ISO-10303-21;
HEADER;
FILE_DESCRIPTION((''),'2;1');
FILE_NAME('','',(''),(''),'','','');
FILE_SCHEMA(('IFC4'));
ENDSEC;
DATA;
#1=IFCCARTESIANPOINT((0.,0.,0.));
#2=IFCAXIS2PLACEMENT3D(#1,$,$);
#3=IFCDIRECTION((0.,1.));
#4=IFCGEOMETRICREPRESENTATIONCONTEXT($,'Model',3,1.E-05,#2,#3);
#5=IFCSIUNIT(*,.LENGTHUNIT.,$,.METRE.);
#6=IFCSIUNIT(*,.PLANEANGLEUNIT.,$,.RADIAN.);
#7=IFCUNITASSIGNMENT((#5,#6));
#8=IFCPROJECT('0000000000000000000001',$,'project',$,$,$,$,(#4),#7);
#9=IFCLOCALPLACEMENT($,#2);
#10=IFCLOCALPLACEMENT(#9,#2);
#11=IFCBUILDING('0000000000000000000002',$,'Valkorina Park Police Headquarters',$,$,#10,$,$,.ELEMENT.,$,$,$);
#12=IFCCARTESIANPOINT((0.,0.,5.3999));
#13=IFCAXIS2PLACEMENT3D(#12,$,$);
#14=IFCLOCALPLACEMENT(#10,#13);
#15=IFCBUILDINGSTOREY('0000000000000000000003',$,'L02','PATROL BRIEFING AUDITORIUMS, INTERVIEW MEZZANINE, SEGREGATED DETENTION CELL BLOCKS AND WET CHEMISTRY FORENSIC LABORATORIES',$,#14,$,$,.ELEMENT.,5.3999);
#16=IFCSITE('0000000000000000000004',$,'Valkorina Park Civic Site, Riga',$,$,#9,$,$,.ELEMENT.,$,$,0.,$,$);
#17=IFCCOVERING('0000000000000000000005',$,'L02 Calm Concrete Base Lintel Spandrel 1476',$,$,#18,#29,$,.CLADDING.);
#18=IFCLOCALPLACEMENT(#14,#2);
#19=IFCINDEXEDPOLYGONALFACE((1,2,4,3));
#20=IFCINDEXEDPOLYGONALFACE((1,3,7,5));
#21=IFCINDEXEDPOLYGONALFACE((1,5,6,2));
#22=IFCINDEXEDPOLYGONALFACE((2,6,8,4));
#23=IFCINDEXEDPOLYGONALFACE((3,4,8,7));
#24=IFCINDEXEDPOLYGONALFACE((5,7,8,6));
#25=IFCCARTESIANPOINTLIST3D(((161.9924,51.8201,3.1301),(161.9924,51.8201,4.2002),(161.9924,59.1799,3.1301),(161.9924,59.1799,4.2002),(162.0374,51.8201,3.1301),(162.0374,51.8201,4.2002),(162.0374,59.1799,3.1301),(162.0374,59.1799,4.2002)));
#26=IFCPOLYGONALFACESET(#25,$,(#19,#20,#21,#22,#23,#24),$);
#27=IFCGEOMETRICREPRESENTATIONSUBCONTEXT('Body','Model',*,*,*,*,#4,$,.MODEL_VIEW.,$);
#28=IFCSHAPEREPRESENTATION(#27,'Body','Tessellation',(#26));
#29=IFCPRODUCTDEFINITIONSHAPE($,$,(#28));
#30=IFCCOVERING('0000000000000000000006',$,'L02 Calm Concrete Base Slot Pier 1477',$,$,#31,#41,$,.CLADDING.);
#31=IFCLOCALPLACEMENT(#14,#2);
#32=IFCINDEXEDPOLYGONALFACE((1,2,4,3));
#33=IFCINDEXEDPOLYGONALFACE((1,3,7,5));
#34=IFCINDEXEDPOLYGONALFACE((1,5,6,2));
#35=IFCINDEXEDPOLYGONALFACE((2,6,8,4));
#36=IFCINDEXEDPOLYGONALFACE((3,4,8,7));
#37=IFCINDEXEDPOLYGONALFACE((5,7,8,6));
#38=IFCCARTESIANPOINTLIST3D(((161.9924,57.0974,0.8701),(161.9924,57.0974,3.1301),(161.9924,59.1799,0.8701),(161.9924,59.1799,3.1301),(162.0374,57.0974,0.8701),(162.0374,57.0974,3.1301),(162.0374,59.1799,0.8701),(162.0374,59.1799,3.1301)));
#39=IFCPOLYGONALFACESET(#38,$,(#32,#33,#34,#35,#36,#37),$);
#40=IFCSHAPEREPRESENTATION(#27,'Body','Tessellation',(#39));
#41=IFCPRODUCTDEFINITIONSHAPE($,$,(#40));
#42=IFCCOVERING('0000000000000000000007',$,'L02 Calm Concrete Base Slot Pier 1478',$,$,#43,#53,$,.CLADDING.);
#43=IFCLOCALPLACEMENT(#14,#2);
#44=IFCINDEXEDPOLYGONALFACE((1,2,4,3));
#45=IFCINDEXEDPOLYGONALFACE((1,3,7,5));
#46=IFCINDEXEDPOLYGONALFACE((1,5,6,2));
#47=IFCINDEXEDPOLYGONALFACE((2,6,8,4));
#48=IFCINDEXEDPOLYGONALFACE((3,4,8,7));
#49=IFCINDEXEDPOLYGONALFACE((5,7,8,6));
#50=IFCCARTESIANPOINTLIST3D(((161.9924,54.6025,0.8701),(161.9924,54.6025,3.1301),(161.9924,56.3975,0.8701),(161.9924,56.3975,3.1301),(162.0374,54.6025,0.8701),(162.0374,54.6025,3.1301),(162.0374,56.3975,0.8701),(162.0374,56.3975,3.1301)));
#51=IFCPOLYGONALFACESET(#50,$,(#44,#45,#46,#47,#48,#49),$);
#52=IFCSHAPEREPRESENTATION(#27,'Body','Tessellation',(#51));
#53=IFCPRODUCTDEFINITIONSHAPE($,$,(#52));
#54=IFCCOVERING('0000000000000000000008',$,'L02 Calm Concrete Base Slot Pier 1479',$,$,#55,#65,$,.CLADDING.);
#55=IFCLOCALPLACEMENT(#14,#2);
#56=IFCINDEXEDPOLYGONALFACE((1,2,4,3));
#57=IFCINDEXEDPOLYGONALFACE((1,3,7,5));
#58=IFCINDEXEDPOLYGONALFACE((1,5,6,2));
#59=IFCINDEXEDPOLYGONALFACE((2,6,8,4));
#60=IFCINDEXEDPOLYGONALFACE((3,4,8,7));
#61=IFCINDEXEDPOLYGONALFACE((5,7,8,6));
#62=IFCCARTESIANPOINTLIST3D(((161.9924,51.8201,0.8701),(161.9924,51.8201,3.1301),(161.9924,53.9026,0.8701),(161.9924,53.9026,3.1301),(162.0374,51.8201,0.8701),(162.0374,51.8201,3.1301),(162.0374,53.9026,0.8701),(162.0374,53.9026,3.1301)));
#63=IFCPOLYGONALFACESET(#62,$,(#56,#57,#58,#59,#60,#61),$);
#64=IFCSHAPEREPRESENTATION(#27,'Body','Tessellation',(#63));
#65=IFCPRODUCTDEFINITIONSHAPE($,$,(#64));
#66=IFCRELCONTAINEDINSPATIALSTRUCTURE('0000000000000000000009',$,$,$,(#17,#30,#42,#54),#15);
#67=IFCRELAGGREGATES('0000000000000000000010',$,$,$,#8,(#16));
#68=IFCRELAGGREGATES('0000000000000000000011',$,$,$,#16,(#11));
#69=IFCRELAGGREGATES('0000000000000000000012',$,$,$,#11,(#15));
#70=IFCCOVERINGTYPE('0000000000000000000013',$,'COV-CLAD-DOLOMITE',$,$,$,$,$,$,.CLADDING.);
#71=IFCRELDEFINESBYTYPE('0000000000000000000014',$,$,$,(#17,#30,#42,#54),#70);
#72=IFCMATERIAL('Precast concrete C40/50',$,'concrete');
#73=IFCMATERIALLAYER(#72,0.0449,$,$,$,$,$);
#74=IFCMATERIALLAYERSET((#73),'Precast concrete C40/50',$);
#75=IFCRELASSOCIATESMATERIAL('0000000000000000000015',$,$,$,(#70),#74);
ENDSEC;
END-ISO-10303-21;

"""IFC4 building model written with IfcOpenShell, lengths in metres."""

from ifc_helpers import new_model, si_unit, direction, frame, frame_2d, origin, place, context, subcontext, project, spatial, rectangle, extrude, material, layer, layer_set, type_object, element, save


model = new_model("IFC4")

# Units and contexts
model_context = context("Model", 3, precision=1e-05, world=origin(), true_north=direction((0.0, 1.0)))
body_context = subcontext(model_context, "Body", "Model", "MODEL_VIEW")
ifc_project = project(units=[si_unit("LENGTHUNIT", "METRE"), si_unit("PLANEANGLEUNIT", "RADIAN")], contexts=[model_context])

# Site, building, storey
site_placement = place(None, origin())
site = spatial("IfcSite", under=ifc_project, at=site_placement, Name="Valkorina Park Civic Site, Riga", CompositionType="ELEMENT", RefElevation=0.0)
building_placement = place(site_placement, origin())
building = spatial("IfcBuilding", under=site, at=building_placement, Name="Valkorina Park Police Headquarters", CompositionType="ELEMENT")
storey_placement = place(building_placement, frame((0.0, 0.0, 5.3999)))
storey = spatial("IfcBuildingStorey", under=building, at=storey_placement, Name="L02", Description="PATROL BRIEFING AUDITORIUMS, INTERVIEW MEZZANINE, SEGREGATED DETENTION CELL BLOCKS AND WET CHEMISTRY FORENSIC LABORATORIES", CompositionType="ELEMENT", Elevation=5.3999)

# Shared definitions
ifc_material_1 = material(Name="Precast concrete C40/50", Category="concrete")

# Coverings
ifc_layer_1 = layer(ifc_material_1, 0.0449)
ifc_layer_set_1 = layer_set([ifc_layer_1], Name="Precast concrete C40/50")
covering_type = type_object("IfcCoveringType", Name="COV-CLAD-DOLOMITE", PredefinedType="CLADDING", material=ifc_layer_set_1)
covering_1_placement = place(storey_placement, frame((162.0149, 59.1799, 3.1301), z_axis=(0.0, 0.0, 1.0), x_axis=(0.0, -1.0, 0.0)))
element("IfcCovering", 1, at=covering_1_placement, inside=storey, type_object=covering_type, Name="L02 Calm Concrete Base Lintel Spandrel 1476", PredefinedType="CLADDING", context=body_context, shape_type="SweptSolid", body=[
    extrude(rectangle(XDim=7.3599, YDim=0.0449, at=frame_2d((3.6799, 0.0))), origin(), (0.0, 0.0, 1.0), 1.0701),
])
covering_2_placement = place(storey_placement, frame((162.0149, 59.1799, 0.8701), z_axis=(0.0, 0.0, 1.0), x_axis=(0.0, -1.0, 0.0)))
element("IfcCovering", 2, at=covering_2_placement, inside=storey, type_object=covering_type, Name="L02 Calm Concrete Base Slot Pier 1477", PredefinedType="CLADDING", context=body_context, shape_type="SweptSolid", body=[
    extrude(rectangle(XDim=2.0825, YDim=0.0449, at=frame_2d((1.0413, 0.0))), origin(), (0.0, 0.0, 1.0), 2.26),
])
covering_3_placement = place(storey_placement, frame((162.0149, 56.3975, 0.8701), z_axis=(0.0, 0.0, 1.0), x_axis=(0.0, -1.0, 0.0)))
element("IfcCovering", 3, at=covering_3_placement, inside=storey, type_object=covering_type, Name="L02 Calm Concrete Base Slot Pier 1478", PredefinedType="CLADDING", context=body_context, shape_type="SweptSolid", body=[
    extrude(rectangle(XDim=1.7949, YDim=0.0449, at=frame_2d((0.8975, 0.0))), origin(), (0.0, 0.0, 1.0), 2.26),
])
covering_4_placement = place(storey_placement, frame((162.0149, 53.9026, 0.8701), z_axis=(0.0, 0.0, 1.0), x_axis=(0.0, -1.0, 0.0)))
element("IfcCovering", 4, at=covering_4_placement, inside=storey, type_object=covering_type, Name="L02 Calm Concrete Base Slot Pier 1479", PredefinedType="CLADDING", context=body_context, shape_type="SweptSolid", body=[
    extrude(rectangle(XDim=2.0825, YDim=0.0449, at=frame_2d((1.0413, 0.0))), origin(), (0.0, 0.0, 1.0), 2.26),
])

save(model, "model.ifc")
